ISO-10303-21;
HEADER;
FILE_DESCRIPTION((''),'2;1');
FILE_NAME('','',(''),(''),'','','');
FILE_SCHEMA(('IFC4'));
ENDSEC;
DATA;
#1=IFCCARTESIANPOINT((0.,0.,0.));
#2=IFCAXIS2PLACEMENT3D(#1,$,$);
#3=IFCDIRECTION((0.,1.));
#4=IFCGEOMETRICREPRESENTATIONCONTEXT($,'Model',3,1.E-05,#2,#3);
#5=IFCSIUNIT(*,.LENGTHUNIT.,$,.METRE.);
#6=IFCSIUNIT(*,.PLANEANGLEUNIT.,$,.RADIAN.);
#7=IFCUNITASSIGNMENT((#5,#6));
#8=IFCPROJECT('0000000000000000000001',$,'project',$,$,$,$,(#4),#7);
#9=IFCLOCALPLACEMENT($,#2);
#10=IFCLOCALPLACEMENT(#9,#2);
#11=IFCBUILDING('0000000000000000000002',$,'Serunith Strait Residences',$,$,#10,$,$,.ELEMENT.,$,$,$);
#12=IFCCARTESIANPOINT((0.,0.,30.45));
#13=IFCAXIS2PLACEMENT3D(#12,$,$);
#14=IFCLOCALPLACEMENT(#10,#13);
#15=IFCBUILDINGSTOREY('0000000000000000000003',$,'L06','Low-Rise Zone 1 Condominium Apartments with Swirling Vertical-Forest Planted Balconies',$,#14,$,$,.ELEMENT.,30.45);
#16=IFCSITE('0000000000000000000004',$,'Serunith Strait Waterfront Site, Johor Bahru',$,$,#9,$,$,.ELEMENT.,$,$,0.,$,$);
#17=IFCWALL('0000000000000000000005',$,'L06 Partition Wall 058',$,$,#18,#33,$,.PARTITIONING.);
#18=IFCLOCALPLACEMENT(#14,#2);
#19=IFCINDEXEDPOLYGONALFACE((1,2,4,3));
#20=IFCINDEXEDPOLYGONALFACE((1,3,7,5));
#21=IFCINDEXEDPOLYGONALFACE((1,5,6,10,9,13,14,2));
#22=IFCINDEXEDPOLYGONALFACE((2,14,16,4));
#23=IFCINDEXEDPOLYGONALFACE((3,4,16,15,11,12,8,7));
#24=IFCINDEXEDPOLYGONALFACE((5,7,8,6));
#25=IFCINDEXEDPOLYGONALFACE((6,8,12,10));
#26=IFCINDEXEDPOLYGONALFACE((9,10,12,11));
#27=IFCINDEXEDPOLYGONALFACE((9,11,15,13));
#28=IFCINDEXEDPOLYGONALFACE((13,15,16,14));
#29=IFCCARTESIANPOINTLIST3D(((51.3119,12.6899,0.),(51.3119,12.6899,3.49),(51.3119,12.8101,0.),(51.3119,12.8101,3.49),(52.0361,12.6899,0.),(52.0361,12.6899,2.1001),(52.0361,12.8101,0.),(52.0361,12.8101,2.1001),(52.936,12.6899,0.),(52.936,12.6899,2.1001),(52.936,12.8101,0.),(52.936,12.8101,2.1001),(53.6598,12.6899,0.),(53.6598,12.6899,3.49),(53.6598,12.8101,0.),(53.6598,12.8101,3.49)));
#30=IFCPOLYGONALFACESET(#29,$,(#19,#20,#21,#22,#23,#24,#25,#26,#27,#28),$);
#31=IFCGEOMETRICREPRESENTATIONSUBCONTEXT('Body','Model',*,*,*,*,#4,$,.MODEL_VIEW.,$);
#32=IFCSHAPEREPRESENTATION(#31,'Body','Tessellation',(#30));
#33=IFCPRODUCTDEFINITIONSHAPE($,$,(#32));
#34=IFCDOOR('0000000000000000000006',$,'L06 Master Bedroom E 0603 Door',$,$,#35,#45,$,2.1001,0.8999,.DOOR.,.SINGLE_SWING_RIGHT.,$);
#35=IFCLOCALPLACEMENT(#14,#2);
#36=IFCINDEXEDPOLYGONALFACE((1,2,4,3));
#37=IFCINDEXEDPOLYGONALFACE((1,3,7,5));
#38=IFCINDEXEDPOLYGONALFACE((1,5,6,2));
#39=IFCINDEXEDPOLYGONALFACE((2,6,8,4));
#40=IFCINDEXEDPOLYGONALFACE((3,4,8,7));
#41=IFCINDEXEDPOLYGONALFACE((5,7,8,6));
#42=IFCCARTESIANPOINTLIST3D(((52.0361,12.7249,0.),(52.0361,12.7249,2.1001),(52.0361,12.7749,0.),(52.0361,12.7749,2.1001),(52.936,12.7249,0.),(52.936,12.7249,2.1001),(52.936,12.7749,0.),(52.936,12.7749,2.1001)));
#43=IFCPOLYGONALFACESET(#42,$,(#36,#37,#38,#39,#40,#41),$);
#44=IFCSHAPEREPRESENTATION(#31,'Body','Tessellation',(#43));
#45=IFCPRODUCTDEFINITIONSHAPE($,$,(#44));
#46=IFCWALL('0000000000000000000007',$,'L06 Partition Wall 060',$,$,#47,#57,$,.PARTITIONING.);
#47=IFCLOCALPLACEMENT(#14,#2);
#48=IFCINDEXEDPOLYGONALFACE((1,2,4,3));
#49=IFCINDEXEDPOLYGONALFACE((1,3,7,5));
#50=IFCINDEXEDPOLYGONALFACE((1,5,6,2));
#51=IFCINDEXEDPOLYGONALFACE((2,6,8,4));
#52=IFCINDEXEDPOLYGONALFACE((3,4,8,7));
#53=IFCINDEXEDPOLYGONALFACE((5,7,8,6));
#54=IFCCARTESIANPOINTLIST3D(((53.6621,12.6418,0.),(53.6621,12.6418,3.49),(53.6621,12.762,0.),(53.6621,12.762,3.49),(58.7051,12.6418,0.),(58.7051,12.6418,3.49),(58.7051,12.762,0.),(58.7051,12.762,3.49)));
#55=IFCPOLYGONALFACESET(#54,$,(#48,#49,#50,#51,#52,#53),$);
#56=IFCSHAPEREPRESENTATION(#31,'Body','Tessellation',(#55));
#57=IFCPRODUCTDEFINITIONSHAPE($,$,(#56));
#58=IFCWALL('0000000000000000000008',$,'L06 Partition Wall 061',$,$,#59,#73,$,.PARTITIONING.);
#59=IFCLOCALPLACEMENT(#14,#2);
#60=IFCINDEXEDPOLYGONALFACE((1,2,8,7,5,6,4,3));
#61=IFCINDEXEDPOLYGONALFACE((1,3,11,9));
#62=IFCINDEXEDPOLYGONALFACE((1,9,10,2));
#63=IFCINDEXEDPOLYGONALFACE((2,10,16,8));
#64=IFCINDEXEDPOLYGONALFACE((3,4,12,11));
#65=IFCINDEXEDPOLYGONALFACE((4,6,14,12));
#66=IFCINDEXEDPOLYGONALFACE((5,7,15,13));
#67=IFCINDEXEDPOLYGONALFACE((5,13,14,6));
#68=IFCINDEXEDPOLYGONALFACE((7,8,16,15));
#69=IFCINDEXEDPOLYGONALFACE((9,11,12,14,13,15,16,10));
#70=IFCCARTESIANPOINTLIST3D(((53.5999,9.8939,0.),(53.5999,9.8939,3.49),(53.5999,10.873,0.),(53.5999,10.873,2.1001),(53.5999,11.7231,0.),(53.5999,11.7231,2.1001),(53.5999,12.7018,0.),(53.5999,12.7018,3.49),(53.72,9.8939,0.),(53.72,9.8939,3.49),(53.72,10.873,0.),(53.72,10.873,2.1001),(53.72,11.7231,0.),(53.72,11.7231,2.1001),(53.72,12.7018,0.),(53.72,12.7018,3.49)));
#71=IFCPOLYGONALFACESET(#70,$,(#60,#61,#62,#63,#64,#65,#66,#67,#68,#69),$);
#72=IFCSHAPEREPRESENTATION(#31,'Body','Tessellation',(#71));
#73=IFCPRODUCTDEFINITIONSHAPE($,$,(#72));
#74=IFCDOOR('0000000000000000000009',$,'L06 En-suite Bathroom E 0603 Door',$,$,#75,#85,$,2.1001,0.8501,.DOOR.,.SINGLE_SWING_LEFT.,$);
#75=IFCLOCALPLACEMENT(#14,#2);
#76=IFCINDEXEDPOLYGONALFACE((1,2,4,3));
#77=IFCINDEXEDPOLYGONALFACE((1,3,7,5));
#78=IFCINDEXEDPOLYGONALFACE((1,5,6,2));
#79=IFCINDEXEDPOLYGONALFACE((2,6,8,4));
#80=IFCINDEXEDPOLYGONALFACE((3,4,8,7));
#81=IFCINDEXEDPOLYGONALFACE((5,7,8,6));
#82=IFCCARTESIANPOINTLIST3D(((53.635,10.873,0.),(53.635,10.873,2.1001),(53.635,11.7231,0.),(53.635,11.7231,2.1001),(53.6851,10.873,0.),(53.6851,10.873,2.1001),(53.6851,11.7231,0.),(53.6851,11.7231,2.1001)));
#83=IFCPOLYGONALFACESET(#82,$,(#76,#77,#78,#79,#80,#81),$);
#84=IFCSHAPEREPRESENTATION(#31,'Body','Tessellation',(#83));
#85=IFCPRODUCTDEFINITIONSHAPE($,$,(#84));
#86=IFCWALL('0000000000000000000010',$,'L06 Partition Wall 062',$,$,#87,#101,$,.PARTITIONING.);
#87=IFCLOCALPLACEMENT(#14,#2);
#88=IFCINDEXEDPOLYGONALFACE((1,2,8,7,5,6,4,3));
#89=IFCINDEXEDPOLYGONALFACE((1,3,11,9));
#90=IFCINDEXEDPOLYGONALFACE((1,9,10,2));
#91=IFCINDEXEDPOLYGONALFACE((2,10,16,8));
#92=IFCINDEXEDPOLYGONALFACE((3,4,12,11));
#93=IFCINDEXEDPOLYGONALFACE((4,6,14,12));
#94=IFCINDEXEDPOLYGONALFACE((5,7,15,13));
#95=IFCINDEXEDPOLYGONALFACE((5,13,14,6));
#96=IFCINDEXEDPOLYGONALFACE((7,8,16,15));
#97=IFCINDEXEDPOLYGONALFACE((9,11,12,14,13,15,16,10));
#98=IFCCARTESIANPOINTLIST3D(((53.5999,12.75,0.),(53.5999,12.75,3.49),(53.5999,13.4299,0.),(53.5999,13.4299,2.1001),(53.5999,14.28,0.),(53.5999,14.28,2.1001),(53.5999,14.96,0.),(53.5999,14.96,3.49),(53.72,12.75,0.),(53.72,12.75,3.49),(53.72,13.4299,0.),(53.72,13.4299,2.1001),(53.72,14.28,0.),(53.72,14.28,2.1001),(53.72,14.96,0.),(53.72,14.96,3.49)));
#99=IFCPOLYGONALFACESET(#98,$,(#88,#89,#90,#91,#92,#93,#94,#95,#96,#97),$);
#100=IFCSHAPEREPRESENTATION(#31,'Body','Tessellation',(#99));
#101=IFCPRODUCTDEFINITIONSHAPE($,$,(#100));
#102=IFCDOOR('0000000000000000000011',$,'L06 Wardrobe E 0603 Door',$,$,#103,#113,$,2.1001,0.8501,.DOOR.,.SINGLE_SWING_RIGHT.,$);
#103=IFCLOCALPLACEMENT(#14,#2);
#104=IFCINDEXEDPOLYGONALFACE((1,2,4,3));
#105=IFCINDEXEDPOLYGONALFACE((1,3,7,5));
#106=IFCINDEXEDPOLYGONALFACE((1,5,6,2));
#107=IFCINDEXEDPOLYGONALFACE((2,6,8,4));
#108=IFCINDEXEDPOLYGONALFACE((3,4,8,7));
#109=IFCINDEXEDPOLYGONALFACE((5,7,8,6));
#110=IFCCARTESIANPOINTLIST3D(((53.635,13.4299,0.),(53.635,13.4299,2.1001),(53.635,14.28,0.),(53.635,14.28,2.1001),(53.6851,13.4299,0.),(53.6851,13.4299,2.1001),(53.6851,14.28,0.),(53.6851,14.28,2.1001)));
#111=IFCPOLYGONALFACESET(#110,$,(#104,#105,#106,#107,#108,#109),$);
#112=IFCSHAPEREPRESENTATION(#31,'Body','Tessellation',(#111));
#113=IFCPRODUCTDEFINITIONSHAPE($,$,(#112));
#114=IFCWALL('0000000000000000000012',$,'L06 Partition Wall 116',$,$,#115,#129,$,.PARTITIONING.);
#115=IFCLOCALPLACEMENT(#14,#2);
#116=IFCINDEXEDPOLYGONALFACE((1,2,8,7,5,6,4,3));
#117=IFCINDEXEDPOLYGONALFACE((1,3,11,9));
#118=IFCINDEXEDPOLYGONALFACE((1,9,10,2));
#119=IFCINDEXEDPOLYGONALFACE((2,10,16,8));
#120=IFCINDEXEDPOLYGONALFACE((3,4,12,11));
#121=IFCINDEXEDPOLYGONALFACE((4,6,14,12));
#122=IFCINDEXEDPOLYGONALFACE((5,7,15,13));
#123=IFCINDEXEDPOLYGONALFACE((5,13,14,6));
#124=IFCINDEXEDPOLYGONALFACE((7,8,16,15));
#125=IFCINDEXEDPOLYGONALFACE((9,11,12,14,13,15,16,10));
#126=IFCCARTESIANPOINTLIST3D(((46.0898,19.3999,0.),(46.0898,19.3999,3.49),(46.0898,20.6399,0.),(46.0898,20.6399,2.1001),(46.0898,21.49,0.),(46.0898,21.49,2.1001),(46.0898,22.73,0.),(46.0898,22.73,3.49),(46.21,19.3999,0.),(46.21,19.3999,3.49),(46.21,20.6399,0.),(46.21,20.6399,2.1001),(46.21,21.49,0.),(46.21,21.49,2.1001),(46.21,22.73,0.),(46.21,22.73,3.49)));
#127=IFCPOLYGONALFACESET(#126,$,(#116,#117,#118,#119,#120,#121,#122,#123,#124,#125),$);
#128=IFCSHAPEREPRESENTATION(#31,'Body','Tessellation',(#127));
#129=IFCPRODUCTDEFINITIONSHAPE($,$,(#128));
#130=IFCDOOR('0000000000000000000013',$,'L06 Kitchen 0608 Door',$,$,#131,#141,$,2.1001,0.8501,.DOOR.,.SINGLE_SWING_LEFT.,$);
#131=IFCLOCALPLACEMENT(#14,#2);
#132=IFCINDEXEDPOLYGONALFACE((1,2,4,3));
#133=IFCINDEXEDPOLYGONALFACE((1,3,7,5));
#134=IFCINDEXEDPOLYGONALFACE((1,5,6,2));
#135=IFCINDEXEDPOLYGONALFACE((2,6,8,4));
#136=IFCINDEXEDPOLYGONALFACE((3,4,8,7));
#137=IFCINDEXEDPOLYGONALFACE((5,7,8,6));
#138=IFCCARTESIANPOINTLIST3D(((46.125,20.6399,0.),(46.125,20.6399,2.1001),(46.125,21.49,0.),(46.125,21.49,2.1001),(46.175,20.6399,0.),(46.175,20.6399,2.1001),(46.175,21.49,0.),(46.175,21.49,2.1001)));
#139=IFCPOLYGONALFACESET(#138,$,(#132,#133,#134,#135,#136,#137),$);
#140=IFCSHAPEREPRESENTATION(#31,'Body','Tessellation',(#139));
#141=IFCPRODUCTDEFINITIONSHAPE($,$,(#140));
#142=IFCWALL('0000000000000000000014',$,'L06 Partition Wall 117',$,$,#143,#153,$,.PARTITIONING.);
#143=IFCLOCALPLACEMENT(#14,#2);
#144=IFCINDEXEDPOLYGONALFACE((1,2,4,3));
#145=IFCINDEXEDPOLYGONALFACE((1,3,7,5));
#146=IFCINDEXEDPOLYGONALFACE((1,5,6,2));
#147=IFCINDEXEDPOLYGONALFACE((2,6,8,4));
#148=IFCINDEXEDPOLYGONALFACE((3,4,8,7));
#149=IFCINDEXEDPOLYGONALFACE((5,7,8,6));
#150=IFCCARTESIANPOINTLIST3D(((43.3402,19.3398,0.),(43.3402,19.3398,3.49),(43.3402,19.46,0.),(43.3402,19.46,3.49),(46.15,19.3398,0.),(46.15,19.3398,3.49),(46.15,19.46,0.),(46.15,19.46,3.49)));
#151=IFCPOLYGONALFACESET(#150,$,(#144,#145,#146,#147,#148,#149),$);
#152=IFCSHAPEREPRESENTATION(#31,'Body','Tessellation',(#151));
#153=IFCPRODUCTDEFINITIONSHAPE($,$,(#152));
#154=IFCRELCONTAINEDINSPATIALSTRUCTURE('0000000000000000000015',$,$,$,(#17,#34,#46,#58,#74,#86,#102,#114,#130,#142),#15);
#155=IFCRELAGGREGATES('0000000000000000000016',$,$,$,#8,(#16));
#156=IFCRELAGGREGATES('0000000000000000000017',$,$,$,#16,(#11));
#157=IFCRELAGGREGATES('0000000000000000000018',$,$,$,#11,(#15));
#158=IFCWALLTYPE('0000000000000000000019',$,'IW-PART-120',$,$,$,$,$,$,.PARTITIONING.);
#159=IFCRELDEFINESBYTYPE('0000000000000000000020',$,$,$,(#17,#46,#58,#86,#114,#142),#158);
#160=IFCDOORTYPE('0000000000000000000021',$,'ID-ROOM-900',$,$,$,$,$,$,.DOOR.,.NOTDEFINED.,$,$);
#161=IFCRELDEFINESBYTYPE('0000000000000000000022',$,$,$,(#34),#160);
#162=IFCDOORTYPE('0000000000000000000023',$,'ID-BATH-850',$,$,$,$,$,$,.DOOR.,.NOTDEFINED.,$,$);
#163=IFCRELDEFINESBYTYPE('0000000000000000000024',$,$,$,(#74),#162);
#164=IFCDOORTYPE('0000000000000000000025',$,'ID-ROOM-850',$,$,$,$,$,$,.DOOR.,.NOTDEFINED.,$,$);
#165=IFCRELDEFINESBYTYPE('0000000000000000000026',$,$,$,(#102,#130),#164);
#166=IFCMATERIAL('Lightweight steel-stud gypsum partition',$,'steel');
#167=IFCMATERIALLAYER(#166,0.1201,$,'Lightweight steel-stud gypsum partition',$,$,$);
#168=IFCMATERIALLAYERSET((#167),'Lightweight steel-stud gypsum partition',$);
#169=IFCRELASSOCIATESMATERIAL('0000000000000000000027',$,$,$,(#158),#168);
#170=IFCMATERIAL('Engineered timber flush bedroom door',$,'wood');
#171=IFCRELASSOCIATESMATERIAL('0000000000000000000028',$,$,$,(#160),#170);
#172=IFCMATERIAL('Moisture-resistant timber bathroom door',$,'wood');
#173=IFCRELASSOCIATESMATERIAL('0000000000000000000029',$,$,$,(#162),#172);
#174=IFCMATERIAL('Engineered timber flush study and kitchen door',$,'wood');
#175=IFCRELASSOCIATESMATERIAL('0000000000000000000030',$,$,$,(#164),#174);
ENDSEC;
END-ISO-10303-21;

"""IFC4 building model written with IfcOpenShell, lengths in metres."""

from ifc_helpers import new_model, si_unit, direction, frame, frame_2d, origin, place, context, subcontext, project, spatial, rectangle, extrude, source, transform, mapped, material, layer, layer_set, type_object, element, fill, save


model = new_model("IFC4")

# Units and contexts
model_context = context("Model", 3, precision=1e-05, world=origin(), true_north=direction((0.0, 1.0)))
body_context = subcontext(model_context, "Body", "Model", "MODEL_VIEW")
ifc_project = project(units=[si_unit("LENGTHUNIT", "METRE"), si_unit("PLANEANGLEUNIT", "RADIAN")], contexts=[model_context])

# Site, building, storey
site_placement = place(None, origin())
site = spatial("IfcSite", under=ifc_project, at=site_placement, Name="Serunith Strait Waterfront Site, Johor Bahru", CompositionType="ELEMENT", RefElevation=0.0)
building_placement = place(site_placement, origin())
building = spatial("IfcBuilding", under=site, at=building_placement, Name="Serunith Strait Residences", CompositionType="ELEMENT")
storey_placement = place(building_placement, frame((0.0, 0.0, 30.45)))
storey = spatial("IfcBuildingStorey", under=building, at=storey_placement, Name="L06", Description="Low-Rise Zone 1 Condominium Apartments with Swirling Vertical-Forest Planted Balconies", CompositionType="ELEMENT", Elevation=30.45)

# Wall, opening, door
ifc_material_1 = material(Name="Lightweight steel-stud gypsum partition", Category="steel")
ifc_layer = layer(ifc_material_1, 0.1201, Name="Lightweight steel-stud gypsum partition")
ifc_layer_set = layer_set([ifc_layer], Name="Lightweight steel-stud gypsum partition")
wall_type = type_object("IfcWallType", Name="IW-PART-120", PredefinedType="PARTITIONING", material=ifc_layer_set)
ifc_material_2 = material(Name="Engineered timber flush bedroom door", Category="wood")
door_type_1 = type_object("IfcDoorType", Name="ID-ROOM-900", OperationType="NOTDEFINED", PredefinedType="DOOR", material=ifc_material_2)
shared_shape_1 = source(origin(), body_context, "Body", "SweptSolid", [
    extrude(rectangle(XDim=0.8999, YDim=2.1001, at=frame_2d((0.45, 1.05))), frame((0.0, 0.0249, 0.0), z_axis=(0.0, -1.0, 0.0), x_axis=(1.0, 0.0, 0.0)), (0.0, 0.0, 1.0), 0.05),
])
ifc_material_3 = material(Name="Moisture-resistant timber bathroom door", Category="wood")
door_type_2 = type_object("IfcDoorType", Name="ID-BATH-850", OperationType="NOTDEFINED", PredefinedType="DOOR", material=ifc_material_3)
shared_shape_2 = source(origin(), body_context, "Body", "SweptSolid", [
    extrude(rectangle(XDim=0.8501, YDim=2.1001, at=frame_2d((0.425, 1.05))), frame((0.0, 0.0249, 0.0), z_axis=(0.0, -1.0, 0.0), x_axis=(1.0, 0.0, 0.0)), (0.0, 0.0, 1.0), 0.05),
])
ifc_material_4 = material(Name="Engineered timber flush study and kitchen door", Category="wood")
door_type_3 = type_object("IfcDoorType", Name="ID-ROOM-850", OperationType="NOTDEFINED", PredefinedType="DOOR", material=ifc_material_4)
wall_1_placement = place(storey_placement, frame((51.312, 12.75, 0.0), z_axis=(0.0, 0.0, 1.0), x_axis=(1.0, 0.0, 0.0)))
wall_1 = element("IfcWall", 1, at=wall_1_placement, inside=storey, type_object=wall_type, Name="L06 Partition Wall 058", PredefinedType="PARTITIONING", context=body_context, shape_type="SweptSolid", body=[
    extrude(rectangle(XDim=2.3479, YDim=0.1201, at=frame_2d((1.1738, 0.0))), origin(), (0.0, 0.0, 1.0), 3.49),
])
opening_1_placement = place(wall_1_placement, frame((0.7241, 0.0, 0.0)))
opening_1 = element("IfcOpeningElement", 2, at=opening_1_placement, cuts=wall_1, PredefinedType="OPENING", context=body_context, shape_type="SweptSolid", body=[
    extrude(rectangle(XDim=0.8999, YDim=2.1001, at=frame_2d((0.45, 1.05))), frame((0.0, 0.0701, 0.0), z_axis=(0.0, -1.0, 0.0), x_axis=(1.0, 0.0, 0.0)), (0.0, 0.0, 1.0), 0.1401),
])
door_1_placement = place(opening_1_placement, origin())
door_1 = element("IfcDoor", 3, at=door_1_placement, inside=storey, type_object=door_type_1, Name="L06 Master Bedroom E 0603 Door", OperationType="SINGLE_SWING_RIGHT", OverallHeight=2.1001, OverallWidth=0.8999, PredefinedType="DOOR", context=body_context, shape_type="MappedRepresentation", body=[
    mapped(shared_shape_1, transform((0.0, 0.0, 0.0), scale=1.0)),
])
fill(opening_1, door_1)

# Wall
wall_2_placement = place(storey_placement, frame((53.6621, 12.7019, 0.0), z_axis=(0.0, 0.0, 1.0), x_axis=(1.0, 0.0, 0.0)))
element("IfcWall", 4, at=wall_2_placement, inside=storey, type_object=wall_type, Name="L06 Partition Wall 060", PredefinedType="PARTITIONING", context=body_context, shape_type="SweptSolid", body=[
    extrude(rectangle(XDim=5.043, YDim=0.1201, at=frame_2d((2.5215, 0.0))), origin(), (0.0, 0.0, 1.0), 3.49),
])

# Walls, openings, doors
wall_3_placement = place(storey_placement, frame((53.6599, 9.894, 0.0), z_axis=(0.0, 0.0, 1.0), x_axis=(0.0, 1.0, 0.0)))
wall_3 = element("IfcWall", 5, at=wall_3_placement, inside=storey, type_object=wall_type, Name="L06 Partition Wall 061", PredefinedType="PARTITIONING", context=body_context, shape_type="SweptSolid", body=[
    extrude(rectangle(XDim=2.8079, YDim=0.1201, at=frame_2d((1.4038, 0.0))), origin(), (0.0, 0.0, 1.0), 3.49),
])
opening_2_placement = place(wall_3_placement, frame((0.979, 0.0, 0.0)))
opening_2 = element("IfcOpeningElement", 6, at=opening_2_placement, cuts=wall_3, PredefinedType="OPENING", context=body_context, shape_type="SweptSolid", body=[
    extrude(rectangle(XDim=0.8501, YDim=2.1001, at=frame_2d((0.425, 1.05))), frame((0.0, 0.0701, 0.0), z_axis=(0.0, -1.0, 0.0), x_axis=(1.0, 0.0, 0.0)), (0.0, 0.0, 1.0), 0.1401),
])
door_2_placement = place(opening_2_placement, origin())
door_2 = element("IfcDoor", 7, at=door_2_placement, inside=storey, type_object=door_type_2, Name="L06 En-suite Bathroom E 0603 Door", OperationType="SINGLE_SWING_LEFT", OverallHeight=2.1001, OverallWidth=0.8501, PredefinedType="DOOR", context=body_context, shape_type="MappedRepresentation", body=[
    mapped(shared_shape_2, transform((0.0, 0.0, 0.0), scale=1.0)),
])
fill(opening_2, door_2)
wall_4_placement = place(storey_placement, frame((53.6599, 12.75, 0.0), z_axis=(0.0, 0.0, 1.0), x_axis=(0.0, 1.0, 0.0)))
wall_4 = element("IfcWall", 8, at=wall_4_placement, inside=storey, type_object=wall_type, Name="L06 Partition Wall 062", PredefinedType="PARTITIONING", context=body_context, shape_type="SweptSolid", body=[
    extrude(rectangle(XDim=2.21, YDim=0.1201, at=frame_2d((1.105, 0.0))), origin(), (0.0, 0.0, 1.0), 3.49),
])
opening_3_placement = place(wall_4_placement, frame((0.6799, 0.0, 0.0)))
opening_3 = element("IfcOpeningElement", 9, at=opening_3_placement, cuts=wall_4, PredefinedType="OPENING", context=body_context, shape_type="SweptSolid", body=[
    extrude(rectangle(XDim=0.8501, YDim=2.1001, at=frame_2d((0.425, 1.05))), frame((0.0, 0.0701, 0.0), z_axis=(0.0, -1.0, 0.0), x_axis=(1.0, 0.0, 0.0)), (0.0, 0.0, 1.0), 0.1401),
])
door_3_placement = place(opening_3_placement, origin())
door_3 = element("IfcDoor", 10, at=door_3_placement, inside=storey, type_object=door_type_3, Name="L06 Wardrobe E 0603 Door", OperationType="SINGLE_SWING_RIGHT", OverallHeight=2.1001, OverallWidth=0.8501, PredefinedType="DOOR", context=body_context, shape_type="MappedRepresentation", body=[
    mapped(shared_shape_2, transform((0.0, 0.0, 0.0), scale=1.0)),
])
fill(opening_3, door_3)
wall_5_placement = place(storey_placement, frame((46.1499, 19.3999, 0.0), z_axis=(0.0, 0.0, 1.0), x_axis=(0.0, 1.0, 0.0)))
wall_5 = element("IfcWall", 11, at=wall_5_placement, inside=storey, type_object=wall_type, Name="L06 Partition Wall 116", PredefinedType="PARTITIONING", context=body_context, shape_type="SweptSolid", body=[
    extrude(rectangle(XDim=3.3301, YDim=0.1201, at=frame_2d((1.665, 0.0))), origin(), (0.0, 0.0, 1.0), 3.49),
])
opening_4_placement = place(wall_5_placement, frame((1.24, 0.0, 0.0)))
opening_4 = element("IfcOpeningElement", 12, at=opening_4_placement, cuts=wall_5, PredefinedType="OPENING", context=body_context, shape_type="SweptSolid", body=[
    extrude(rectangle(XDim=0.8501, YDim=2.1001, at=frame_2d((0.425, 1.05))), frame((0.0, 0.0701, 0.0), z_axis=(0.0, -1.0, 0.0), x_axis=(1.0, 0.0, 0.0)), (0.0, 0.0, 1.0), 0.1401),
])
door_4_placement = place(opening_4_placement, origin())
door_4 = element("IfcDoor", 13, at=door_4_placement, inside=storey, type_object=door_type_3, Name="L06 Kitchen 0608 Door", OperationType="SINGLE_SWING_LEFT", OverallHeight=2.1001, OverallWidth=0.8501, PredefinedType="DOOR", context=body_context, shape_type="MappedRepresentation", body=[
    mapped(shared_shape_2, transform((0.0, 0.0, 0.0), scale=1.0)),
])
fill(opening_4, door_4)

# Wall
wall_6_placement = place(storey_placement, frame((46.1499, 19.3999, 0.0), z_axis=(0.0, 0.0, 1.0), x_axis=(-1.0, 0.0, 0.0)))
element("IfcWall", 14, at=wall_6_placement, inside=storey, type_object=wall_type, Name="L06 Partition Wall 117", PredefinedType="PARTITIONING", context=body_context, shape_type="SweptSolid", body=[
    extrude(rectangle(XDim=2.8098, YDim=0.1201, at=frame_2d((1.4048, 0.0))), origin(), (0.0, 0.0, 1.0), 3.49),
])

save(model, "model.ifc")
